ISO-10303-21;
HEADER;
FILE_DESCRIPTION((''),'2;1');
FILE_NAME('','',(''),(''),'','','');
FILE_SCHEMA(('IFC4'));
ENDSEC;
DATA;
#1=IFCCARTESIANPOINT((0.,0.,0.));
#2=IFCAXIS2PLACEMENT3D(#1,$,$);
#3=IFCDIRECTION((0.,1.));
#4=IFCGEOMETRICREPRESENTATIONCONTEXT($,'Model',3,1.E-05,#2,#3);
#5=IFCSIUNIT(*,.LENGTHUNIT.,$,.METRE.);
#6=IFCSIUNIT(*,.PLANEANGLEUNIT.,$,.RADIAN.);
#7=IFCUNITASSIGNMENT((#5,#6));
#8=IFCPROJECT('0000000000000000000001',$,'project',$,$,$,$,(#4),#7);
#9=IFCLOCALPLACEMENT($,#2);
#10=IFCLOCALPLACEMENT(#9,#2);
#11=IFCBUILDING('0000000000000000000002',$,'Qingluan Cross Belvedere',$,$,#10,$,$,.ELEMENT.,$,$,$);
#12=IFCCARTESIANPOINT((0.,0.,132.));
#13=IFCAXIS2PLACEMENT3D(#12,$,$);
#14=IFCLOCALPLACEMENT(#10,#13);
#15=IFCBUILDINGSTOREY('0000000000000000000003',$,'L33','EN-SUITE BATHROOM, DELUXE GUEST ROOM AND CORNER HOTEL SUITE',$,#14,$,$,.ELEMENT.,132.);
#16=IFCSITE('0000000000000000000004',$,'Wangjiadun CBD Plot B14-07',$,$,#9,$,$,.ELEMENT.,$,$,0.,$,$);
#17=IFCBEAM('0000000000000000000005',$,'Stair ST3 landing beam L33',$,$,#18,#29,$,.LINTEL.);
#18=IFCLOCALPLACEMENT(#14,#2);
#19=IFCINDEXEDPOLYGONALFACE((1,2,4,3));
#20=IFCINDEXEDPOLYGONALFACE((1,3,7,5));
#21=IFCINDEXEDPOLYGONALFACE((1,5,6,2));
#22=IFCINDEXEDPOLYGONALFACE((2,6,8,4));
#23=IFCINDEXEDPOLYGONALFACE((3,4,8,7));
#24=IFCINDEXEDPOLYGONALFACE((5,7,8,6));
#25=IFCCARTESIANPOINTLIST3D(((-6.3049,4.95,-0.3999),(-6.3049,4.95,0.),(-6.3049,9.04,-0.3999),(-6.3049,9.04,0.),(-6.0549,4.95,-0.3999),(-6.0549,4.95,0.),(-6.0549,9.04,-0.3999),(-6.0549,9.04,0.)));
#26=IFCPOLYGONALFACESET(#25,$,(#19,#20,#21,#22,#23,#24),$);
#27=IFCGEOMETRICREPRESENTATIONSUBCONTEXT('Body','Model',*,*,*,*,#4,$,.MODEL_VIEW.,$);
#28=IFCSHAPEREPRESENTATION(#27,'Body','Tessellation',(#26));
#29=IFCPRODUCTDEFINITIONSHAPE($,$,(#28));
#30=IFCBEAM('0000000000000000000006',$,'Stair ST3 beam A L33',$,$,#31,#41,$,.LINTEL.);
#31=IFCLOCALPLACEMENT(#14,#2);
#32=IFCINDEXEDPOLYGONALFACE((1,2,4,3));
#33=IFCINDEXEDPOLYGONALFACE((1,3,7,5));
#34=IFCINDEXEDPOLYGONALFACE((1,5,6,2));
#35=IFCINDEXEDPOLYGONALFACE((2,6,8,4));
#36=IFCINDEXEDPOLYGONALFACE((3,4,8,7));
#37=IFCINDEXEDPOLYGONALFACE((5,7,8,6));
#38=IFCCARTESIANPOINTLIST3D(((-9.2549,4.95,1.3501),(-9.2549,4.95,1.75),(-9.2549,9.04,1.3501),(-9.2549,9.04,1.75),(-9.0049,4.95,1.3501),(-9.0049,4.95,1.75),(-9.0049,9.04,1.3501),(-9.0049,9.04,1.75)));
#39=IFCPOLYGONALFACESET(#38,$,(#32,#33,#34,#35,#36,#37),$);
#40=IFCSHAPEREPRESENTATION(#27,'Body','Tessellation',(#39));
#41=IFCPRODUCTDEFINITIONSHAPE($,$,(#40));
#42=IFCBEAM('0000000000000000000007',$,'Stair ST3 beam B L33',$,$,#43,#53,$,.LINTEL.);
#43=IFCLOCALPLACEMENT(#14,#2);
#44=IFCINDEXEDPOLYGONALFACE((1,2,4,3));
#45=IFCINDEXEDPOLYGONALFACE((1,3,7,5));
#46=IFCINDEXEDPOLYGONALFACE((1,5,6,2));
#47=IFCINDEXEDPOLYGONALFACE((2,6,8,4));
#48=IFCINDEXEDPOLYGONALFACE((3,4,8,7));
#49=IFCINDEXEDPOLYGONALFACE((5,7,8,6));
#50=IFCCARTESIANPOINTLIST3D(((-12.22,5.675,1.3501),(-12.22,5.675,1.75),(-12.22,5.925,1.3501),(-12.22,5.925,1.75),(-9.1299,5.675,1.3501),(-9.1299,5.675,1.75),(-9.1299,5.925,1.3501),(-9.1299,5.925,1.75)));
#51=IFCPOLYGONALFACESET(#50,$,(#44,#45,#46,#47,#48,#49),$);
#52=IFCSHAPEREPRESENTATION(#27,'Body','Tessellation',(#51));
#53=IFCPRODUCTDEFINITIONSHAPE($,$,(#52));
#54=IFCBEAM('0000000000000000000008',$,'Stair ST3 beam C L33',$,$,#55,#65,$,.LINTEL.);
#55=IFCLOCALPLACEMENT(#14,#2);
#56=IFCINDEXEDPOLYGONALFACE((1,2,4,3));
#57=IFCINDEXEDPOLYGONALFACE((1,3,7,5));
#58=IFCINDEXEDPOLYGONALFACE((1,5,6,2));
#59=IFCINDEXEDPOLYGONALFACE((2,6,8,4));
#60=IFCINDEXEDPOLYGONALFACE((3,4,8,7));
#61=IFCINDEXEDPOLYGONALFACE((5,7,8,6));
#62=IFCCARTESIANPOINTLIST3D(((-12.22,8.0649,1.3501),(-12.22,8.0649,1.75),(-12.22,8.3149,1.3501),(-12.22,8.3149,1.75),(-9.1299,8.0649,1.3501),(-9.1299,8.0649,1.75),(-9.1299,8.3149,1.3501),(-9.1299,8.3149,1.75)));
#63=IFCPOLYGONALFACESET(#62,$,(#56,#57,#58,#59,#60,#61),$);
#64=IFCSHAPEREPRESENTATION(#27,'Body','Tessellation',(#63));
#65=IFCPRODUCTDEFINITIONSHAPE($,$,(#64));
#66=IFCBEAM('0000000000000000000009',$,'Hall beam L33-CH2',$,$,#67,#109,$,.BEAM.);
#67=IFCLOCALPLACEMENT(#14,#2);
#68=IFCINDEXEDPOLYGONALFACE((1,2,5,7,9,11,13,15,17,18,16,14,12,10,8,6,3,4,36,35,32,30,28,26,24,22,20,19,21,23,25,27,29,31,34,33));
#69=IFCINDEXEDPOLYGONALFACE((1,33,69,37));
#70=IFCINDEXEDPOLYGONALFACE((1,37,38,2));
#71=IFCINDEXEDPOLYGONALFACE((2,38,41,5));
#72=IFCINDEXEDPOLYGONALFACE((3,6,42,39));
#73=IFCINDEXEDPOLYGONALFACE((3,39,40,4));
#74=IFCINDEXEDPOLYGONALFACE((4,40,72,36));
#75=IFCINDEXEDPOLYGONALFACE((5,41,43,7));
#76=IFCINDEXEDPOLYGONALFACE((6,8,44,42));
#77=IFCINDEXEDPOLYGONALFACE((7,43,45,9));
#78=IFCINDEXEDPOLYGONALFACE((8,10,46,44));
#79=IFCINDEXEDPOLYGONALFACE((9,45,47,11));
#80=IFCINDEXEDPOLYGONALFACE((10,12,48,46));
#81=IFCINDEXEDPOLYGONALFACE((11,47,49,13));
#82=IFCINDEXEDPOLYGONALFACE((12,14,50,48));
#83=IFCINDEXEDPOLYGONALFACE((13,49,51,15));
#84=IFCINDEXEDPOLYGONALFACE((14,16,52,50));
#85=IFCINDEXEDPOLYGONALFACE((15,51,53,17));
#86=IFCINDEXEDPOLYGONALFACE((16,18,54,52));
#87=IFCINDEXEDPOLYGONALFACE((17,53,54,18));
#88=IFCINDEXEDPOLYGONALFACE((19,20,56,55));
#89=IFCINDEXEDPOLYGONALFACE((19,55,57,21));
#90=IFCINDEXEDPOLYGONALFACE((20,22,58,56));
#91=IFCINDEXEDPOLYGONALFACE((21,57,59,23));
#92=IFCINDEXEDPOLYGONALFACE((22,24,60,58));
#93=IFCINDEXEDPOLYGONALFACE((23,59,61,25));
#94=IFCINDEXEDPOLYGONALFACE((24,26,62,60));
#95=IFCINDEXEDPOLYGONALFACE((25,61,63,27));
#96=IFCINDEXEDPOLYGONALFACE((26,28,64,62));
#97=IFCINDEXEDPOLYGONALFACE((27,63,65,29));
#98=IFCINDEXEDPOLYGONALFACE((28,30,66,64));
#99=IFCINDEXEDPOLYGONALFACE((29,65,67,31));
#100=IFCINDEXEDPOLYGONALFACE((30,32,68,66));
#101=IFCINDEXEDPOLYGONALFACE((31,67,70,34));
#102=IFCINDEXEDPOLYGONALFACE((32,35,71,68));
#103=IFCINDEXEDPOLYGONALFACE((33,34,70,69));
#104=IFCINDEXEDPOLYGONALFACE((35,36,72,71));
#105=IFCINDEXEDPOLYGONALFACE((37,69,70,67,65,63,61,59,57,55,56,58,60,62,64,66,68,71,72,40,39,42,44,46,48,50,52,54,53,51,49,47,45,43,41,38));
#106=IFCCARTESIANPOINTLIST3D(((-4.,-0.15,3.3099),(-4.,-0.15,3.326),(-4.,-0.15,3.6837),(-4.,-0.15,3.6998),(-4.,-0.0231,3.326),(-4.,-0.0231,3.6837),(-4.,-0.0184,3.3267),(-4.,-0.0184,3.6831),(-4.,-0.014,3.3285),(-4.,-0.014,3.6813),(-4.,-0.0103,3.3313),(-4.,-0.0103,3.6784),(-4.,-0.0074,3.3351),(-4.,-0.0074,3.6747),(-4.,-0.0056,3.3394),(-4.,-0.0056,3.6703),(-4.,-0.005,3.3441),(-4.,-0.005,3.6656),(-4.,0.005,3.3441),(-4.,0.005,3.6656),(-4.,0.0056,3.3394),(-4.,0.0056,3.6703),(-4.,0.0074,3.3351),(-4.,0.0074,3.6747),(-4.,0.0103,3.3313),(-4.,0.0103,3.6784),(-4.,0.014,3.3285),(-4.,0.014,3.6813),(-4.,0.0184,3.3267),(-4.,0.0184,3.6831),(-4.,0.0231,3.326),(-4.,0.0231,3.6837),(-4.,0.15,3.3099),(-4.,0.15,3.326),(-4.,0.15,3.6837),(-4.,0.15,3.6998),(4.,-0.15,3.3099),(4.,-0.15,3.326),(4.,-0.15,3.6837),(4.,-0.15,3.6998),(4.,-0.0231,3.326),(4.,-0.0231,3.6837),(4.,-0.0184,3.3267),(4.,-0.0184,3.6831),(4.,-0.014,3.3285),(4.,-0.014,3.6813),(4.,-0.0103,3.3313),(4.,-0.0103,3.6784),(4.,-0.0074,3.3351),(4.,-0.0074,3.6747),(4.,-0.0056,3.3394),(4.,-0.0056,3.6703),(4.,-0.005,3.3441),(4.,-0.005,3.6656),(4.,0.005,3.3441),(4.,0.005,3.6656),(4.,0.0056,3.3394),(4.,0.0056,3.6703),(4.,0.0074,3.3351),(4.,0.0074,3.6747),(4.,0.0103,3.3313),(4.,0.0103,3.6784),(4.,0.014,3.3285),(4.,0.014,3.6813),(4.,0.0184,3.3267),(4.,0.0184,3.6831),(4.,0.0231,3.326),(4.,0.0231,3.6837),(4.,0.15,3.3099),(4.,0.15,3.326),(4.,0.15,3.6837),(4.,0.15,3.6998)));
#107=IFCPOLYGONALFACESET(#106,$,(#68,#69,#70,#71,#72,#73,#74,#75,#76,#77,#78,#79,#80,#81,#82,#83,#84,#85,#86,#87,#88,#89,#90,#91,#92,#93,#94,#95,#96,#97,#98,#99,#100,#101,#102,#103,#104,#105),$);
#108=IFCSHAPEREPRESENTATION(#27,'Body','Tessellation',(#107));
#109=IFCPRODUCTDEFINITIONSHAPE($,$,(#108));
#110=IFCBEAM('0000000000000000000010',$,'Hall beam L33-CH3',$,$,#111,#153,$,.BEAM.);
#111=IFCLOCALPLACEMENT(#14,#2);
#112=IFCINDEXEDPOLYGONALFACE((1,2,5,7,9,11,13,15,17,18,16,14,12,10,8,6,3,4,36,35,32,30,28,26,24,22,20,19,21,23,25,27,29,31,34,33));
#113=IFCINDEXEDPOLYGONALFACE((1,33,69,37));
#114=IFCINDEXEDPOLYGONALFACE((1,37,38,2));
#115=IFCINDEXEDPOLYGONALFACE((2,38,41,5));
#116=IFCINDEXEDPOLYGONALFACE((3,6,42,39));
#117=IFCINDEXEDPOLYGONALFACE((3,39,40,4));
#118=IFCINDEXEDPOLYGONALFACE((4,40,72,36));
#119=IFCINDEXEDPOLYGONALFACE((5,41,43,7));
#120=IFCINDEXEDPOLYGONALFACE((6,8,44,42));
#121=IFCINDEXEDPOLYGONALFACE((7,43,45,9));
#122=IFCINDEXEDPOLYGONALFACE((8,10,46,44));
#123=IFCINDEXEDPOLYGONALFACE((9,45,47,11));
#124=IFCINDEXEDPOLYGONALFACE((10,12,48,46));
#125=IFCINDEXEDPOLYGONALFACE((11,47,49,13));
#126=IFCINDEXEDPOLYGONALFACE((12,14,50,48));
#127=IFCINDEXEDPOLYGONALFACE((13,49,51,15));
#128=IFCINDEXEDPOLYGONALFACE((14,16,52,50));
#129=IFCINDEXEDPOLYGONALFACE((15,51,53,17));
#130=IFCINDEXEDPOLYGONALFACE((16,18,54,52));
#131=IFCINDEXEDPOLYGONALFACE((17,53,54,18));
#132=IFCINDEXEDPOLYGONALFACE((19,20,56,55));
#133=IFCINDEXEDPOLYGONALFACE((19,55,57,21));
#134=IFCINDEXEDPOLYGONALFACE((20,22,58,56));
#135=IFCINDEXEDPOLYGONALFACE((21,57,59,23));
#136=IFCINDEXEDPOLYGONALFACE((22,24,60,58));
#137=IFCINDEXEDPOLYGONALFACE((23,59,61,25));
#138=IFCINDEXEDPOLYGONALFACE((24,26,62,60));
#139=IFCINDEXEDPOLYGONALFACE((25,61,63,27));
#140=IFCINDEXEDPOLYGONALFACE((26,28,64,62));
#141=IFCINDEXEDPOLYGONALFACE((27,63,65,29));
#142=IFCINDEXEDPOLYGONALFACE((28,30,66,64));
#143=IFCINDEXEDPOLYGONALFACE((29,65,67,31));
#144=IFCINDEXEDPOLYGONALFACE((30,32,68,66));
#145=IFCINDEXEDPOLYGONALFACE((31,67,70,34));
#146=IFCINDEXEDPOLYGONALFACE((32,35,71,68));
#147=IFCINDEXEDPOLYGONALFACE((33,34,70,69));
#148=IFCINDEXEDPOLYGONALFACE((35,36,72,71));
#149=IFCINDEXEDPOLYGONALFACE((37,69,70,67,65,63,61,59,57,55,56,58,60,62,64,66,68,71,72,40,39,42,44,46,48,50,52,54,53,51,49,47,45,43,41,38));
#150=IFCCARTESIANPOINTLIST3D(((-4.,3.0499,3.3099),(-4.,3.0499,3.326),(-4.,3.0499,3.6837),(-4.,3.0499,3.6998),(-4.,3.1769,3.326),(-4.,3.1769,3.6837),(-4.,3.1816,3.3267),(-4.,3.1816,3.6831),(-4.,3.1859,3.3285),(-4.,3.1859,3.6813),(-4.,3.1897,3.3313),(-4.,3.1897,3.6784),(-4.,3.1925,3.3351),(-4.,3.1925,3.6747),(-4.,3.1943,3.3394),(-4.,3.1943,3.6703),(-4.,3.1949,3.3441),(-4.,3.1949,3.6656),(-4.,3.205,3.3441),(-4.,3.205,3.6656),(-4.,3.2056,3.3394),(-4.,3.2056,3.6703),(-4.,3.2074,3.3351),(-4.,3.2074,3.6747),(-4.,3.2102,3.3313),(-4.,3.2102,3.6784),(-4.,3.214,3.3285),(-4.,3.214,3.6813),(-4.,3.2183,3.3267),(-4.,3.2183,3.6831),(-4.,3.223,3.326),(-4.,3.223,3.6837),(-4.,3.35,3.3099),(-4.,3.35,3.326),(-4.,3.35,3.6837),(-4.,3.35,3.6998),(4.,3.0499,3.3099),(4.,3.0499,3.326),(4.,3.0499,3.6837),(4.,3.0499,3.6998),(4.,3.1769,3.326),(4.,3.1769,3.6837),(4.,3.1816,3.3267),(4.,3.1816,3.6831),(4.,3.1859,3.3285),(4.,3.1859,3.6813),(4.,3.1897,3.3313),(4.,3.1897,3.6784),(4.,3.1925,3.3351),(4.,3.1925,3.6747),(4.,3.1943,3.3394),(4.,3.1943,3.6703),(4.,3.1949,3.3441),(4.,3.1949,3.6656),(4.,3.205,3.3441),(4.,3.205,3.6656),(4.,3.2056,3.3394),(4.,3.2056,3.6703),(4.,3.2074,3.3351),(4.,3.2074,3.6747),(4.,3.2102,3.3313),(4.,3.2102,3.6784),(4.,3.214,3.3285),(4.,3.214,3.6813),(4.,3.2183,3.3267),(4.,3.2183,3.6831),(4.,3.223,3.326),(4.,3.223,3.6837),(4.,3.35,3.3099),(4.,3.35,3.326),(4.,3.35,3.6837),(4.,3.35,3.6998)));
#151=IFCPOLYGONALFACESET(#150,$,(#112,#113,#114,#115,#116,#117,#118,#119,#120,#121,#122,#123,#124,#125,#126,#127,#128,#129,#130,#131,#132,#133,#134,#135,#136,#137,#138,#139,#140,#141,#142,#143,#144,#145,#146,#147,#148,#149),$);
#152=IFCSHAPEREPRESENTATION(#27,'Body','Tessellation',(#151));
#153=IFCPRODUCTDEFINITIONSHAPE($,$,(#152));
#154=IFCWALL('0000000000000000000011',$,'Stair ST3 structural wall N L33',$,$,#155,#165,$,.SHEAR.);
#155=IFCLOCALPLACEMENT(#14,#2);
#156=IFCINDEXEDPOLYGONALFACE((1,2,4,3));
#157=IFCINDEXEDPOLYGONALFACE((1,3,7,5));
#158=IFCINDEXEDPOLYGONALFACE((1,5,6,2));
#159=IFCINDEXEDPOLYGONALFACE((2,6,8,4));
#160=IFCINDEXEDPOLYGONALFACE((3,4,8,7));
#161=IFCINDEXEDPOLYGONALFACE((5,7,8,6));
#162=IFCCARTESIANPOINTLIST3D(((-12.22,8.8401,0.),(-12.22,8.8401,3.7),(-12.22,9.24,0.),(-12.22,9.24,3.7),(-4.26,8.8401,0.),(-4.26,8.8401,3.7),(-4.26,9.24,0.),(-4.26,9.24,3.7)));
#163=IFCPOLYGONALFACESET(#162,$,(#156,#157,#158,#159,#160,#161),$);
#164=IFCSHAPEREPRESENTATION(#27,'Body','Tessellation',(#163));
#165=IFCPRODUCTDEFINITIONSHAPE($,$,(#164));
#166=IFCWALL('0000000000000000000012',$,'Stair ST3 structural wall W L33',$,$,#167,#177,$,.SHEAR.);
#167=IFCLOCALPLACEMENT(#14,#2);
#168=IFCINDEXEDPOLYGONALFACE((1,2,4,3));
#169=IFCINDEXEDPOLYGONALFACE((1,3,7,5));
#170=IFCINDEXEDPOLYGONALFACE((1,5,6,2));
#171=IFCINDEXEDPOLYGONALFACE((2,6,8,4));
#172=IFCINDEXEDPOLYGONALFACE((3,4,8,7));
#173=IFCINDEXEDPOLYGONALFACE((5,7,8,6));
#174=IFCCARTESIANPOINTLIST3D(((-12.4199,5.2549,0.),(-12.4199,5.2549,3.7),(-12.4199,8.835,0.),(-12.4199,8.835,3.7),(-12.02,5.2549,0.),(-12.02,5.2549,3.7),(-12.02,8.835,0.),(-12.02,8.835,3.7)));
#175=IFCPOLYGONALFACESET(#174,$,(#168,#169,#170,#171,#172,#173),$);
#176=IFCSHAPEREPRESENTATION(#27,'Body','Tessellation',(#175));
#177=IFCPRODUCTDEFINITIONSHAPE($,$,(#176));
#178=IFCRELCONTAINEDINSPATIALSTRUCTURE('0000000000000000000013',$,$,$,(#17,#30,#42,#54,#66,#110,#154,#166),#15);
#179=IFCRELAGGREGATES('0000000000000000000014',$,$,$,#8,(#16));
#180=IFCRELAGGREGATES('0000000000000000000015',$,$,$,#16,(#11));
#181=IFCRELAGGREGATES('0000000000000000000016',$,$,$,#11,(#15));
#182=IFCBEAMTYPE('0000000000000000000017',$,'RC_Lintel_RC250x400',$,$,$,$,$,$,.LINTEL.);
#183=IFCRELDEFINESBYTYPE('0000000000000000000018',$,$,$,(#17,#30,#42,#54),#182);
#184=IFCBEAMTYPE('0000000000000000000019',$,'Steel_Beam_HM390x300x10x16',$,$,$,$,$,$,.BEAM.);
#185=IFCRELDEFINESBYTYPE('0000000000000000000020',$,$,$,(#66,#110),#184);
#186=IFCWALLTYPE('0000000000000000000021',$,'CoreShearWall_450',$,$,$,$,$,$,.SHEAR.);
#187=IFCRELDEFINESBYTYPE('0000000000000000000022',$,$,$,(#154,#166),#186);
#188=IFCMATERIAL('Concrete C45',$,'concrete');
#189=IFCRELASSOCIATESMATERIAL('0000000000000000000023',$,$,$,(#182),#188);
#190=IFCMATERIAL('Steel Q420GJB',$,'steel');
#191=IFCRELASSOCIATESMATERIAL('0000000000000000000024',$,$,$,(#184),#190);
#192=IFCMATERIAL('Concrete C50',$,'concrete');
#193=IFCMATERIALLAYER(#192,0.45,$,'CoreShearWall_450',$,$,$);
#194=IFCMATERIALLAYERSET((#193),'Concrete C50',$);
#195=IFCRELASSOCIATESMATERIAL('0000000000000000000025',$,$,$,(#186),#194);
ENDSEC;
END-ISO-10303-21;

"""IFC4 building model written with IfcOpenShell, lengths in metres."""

from ifc_helpers import new_model, si_unit, direction, frame, frame_2d, origin, origin_2d, place, context, subcontext, project, spatial, rectangle, i_section, extrude, material, layer, layer_set, material_profile, profile_set, type_object, element, save


model = new_model("IFC4")

# Units and contexts
model_context = context("Model", 3, precision=1e-05, world=origin(), true_north=direction((0.0, 1.0)))
body_context = subcontext(model_context, "Body", "Model", "MODEL_VIEW")
ifc_project = project(units=[si_unit("LENGTHUNIT", "METRE"), si_unit("PLANEANGLEUNIT", "RADIAN")], contexts=[model_context])

# Site, building, storey
site_placement = place(None, origin())
site = spatial("IfcSite", under=ifc_project, at=site_placement, Name="Wangjiadun CBD Plot B14-07", CompositionType="ELEMENT", RefElevation=0.0)
building_placement = place(site_placement, origin())
building = spatial("IfcBuilding", under=site, at=building_placement, Name="Qingluan Cross Belvedere", CompositionType="ELEMENT")
storey_placement = place(building_placement, frame((0.0, 0.0, 132.0)))
storey = spatial("IfcBuildingStorey", under=building, at=storey_placement, Name="L33", Description="EN-SUITE BATHROOM, DELUXE GUEST ROOM AND CORNER HOTEL SUITE", CompositionType="ELEMENT", Elevation=132.0)

# Beams
ifc_material_1 = material(Name="Concrete C45", Category="concrete")
ifc_material_profile_1 = material_profile(ifc_material_1, rectangle(XDim=0.25, YDim=0.3999, at=origin_2d()), Name="RC250x400")
ifc_profile_set_1 = profile_set([ifc_material_profile_1], Name="Concrete C45")
beam_type_1 = type_object("IfcBeamType", Name="RC_Lintel_RC250x400", PredefinedType="LINTEL", material=ifc_profile_set_1)
for number, where, z_axis, x_axis, name in (
    (1, (-6.1799, 4.95, -0.2), (0.0, 1.0, 0.0), (-1.0, 0.0, 0.0), "Stair ST3 landing beam L33"),
    (2, (-9.1299, 4.95, 1.55), (0.0, 1.0, 0.0), (-1.0, 0.0, 0.0), "Stair ST3 beam A L33"),
):
    element("IfcBeam", number, at=place(storey_placement, frame(where, z_axis=z_axis, x_axis=x_axis)), inside=storey, type_object=beam_type_1, Name=name, PredefinedType="LINTEL", context=body_context, shape_type="SweptSolid", body=[
        extrude(rectangle(XDim=0.25, YDim=0.3999, at=origin_2d()), origin(), (0.0, 0.0, 1.0), 4.0901),
    ])
for number, where, z_axis, x_axis, name in (
    (3, (-12.22, 5.8, 1.55), (1.0, 0.0, 0.0), (0.0, 1.0, 0.0), "Stair ST3 beam B L33"),
    (4, (-12.22, 8.1899, 1.55), (1.0, 0.0, 0.0), (0.0, 1.0, 0.0), "Stair ST3 beam C L33"),
):
    element("IfcBeam", number, at=place(storey_placement, frame(where, z_axis=z_axis, x_axis=x_axis)), inside=storey, type_object=beam_type_1, Name=name, PredefinedType="LINTEL", context=body_context, shape_type="SweptSolid", body=[
        extrude(rectangle(XDim=0.25, YDim=0.3999, at=origin_2d()), origin(), (0.0, 0.0, 1.0), 3.0901),
    ])
ifc_material_2 = material(Name="Steel Q420GJB", Category="steel")
ifc_material_profile_2 = material_profile(ifc_material_2, i_section(OverallWidth=0.3, OverallDepth=0.3899, WebThickness=0.01, FlangeThickness=0.0161, FilletRadius=0.0181, at=origin_2d()), Name="HM390x300x10x16")
ifc_profile_set_2 = profile_set([ifc_material_profile_2], Name="Steel Q420GJB")
beam_type_2 = type_object("IfcBeamType", Name="Steel_Beam_HM390x300x10x16", PredefinedType="BEAM", material=ifc_profile_set_2)
for number, where, z_axis, x_axis, name in (
    (5, (-4.0, 0.0, 3.5049), (1.0, 0.0, 0.0), (0.0, 1.0, 0.0), "Hall beam L33-CH2"),
    (6, (-4.0, 3.2, 3.5049), (1.0, 0.0, 0.0), (0.0, 1.0, 0.0), "Hall beam L33-CH3"),
):
    element("IfcBeam", number, at=place(storey_placement, frame(where, z_axis=z_axis, x_axis=x_axis)), inside=storey, type_object=beam_type_2, Name=name, PredefinedType="BEAM", context=body_context, shape_type="SweptSolid", body=[
        extrude(i_section(OverallWidth=0.3, OverallDepth=0.3899, WebThickness=0.01, FlangeThickness=0.0161, FilletRadius=0.0181, at=origin_2d()), origin(), (0.0, 0.0, 1.0), 8.0),
    ])

# Walls
ifc_material_3 = material(Name="Concrete C50", Category="concrete")
ifc_layer_1 = layer(ifc_material_3, 0.45, Name="CoreShearWall_450")
ifc_layer_set_1 = layer_set([ifc_layer_1], Name="Concrete C50")
wall_type_1 = type_object("IfcWallType", Name="CoreShearWall_450", PredefinedType="SHEAR", material=ifc_layer_set_1)
wall_1_placement = place(storey_placement, frame((-12.22, 9.04, 0.0), z_axis=(0.0, 0.0, 1.0), x_axis=(1.0, 0.0, 0.0)))
element("IfcWall", 7, at=wall_1_placement, inside=storey, type_object=wall_type_1, Name="Stair ST3 structural wall N L33", PredefinedType="SHEAR", context=body_context, shape_type="SweptSolid", body=[
    extrude(rectangle(XDim=7.96, YDim=0.3999, at=frame_2d((3.98, 0.0))), origin(), (0.0, 0.0, 1.0), 3.7),
])
wall_2_placement = place(storey_placement, frame((-12.22, 5.2549, 0.0), z_axis=(0.0, 0.0, 1.0), x_axis=(0.0, 1.0, 0.0)))
element("IfcWall", 8, at=wall_2_placement, inside=storey, type_object=wall_type_1, Name="Stair ST3 structural wall W L33", PredefinedType="SHEAR", context=body_context, shape_type="SweptSolid", body=[
    extrude(rectangle(XDim=3.5801, YDim=0.3999, at=frame_2d((1.79, 0.0))), origin(), (0.0, 0.0, 1.0), 3.7),
])

save(model, "model.ifc")
